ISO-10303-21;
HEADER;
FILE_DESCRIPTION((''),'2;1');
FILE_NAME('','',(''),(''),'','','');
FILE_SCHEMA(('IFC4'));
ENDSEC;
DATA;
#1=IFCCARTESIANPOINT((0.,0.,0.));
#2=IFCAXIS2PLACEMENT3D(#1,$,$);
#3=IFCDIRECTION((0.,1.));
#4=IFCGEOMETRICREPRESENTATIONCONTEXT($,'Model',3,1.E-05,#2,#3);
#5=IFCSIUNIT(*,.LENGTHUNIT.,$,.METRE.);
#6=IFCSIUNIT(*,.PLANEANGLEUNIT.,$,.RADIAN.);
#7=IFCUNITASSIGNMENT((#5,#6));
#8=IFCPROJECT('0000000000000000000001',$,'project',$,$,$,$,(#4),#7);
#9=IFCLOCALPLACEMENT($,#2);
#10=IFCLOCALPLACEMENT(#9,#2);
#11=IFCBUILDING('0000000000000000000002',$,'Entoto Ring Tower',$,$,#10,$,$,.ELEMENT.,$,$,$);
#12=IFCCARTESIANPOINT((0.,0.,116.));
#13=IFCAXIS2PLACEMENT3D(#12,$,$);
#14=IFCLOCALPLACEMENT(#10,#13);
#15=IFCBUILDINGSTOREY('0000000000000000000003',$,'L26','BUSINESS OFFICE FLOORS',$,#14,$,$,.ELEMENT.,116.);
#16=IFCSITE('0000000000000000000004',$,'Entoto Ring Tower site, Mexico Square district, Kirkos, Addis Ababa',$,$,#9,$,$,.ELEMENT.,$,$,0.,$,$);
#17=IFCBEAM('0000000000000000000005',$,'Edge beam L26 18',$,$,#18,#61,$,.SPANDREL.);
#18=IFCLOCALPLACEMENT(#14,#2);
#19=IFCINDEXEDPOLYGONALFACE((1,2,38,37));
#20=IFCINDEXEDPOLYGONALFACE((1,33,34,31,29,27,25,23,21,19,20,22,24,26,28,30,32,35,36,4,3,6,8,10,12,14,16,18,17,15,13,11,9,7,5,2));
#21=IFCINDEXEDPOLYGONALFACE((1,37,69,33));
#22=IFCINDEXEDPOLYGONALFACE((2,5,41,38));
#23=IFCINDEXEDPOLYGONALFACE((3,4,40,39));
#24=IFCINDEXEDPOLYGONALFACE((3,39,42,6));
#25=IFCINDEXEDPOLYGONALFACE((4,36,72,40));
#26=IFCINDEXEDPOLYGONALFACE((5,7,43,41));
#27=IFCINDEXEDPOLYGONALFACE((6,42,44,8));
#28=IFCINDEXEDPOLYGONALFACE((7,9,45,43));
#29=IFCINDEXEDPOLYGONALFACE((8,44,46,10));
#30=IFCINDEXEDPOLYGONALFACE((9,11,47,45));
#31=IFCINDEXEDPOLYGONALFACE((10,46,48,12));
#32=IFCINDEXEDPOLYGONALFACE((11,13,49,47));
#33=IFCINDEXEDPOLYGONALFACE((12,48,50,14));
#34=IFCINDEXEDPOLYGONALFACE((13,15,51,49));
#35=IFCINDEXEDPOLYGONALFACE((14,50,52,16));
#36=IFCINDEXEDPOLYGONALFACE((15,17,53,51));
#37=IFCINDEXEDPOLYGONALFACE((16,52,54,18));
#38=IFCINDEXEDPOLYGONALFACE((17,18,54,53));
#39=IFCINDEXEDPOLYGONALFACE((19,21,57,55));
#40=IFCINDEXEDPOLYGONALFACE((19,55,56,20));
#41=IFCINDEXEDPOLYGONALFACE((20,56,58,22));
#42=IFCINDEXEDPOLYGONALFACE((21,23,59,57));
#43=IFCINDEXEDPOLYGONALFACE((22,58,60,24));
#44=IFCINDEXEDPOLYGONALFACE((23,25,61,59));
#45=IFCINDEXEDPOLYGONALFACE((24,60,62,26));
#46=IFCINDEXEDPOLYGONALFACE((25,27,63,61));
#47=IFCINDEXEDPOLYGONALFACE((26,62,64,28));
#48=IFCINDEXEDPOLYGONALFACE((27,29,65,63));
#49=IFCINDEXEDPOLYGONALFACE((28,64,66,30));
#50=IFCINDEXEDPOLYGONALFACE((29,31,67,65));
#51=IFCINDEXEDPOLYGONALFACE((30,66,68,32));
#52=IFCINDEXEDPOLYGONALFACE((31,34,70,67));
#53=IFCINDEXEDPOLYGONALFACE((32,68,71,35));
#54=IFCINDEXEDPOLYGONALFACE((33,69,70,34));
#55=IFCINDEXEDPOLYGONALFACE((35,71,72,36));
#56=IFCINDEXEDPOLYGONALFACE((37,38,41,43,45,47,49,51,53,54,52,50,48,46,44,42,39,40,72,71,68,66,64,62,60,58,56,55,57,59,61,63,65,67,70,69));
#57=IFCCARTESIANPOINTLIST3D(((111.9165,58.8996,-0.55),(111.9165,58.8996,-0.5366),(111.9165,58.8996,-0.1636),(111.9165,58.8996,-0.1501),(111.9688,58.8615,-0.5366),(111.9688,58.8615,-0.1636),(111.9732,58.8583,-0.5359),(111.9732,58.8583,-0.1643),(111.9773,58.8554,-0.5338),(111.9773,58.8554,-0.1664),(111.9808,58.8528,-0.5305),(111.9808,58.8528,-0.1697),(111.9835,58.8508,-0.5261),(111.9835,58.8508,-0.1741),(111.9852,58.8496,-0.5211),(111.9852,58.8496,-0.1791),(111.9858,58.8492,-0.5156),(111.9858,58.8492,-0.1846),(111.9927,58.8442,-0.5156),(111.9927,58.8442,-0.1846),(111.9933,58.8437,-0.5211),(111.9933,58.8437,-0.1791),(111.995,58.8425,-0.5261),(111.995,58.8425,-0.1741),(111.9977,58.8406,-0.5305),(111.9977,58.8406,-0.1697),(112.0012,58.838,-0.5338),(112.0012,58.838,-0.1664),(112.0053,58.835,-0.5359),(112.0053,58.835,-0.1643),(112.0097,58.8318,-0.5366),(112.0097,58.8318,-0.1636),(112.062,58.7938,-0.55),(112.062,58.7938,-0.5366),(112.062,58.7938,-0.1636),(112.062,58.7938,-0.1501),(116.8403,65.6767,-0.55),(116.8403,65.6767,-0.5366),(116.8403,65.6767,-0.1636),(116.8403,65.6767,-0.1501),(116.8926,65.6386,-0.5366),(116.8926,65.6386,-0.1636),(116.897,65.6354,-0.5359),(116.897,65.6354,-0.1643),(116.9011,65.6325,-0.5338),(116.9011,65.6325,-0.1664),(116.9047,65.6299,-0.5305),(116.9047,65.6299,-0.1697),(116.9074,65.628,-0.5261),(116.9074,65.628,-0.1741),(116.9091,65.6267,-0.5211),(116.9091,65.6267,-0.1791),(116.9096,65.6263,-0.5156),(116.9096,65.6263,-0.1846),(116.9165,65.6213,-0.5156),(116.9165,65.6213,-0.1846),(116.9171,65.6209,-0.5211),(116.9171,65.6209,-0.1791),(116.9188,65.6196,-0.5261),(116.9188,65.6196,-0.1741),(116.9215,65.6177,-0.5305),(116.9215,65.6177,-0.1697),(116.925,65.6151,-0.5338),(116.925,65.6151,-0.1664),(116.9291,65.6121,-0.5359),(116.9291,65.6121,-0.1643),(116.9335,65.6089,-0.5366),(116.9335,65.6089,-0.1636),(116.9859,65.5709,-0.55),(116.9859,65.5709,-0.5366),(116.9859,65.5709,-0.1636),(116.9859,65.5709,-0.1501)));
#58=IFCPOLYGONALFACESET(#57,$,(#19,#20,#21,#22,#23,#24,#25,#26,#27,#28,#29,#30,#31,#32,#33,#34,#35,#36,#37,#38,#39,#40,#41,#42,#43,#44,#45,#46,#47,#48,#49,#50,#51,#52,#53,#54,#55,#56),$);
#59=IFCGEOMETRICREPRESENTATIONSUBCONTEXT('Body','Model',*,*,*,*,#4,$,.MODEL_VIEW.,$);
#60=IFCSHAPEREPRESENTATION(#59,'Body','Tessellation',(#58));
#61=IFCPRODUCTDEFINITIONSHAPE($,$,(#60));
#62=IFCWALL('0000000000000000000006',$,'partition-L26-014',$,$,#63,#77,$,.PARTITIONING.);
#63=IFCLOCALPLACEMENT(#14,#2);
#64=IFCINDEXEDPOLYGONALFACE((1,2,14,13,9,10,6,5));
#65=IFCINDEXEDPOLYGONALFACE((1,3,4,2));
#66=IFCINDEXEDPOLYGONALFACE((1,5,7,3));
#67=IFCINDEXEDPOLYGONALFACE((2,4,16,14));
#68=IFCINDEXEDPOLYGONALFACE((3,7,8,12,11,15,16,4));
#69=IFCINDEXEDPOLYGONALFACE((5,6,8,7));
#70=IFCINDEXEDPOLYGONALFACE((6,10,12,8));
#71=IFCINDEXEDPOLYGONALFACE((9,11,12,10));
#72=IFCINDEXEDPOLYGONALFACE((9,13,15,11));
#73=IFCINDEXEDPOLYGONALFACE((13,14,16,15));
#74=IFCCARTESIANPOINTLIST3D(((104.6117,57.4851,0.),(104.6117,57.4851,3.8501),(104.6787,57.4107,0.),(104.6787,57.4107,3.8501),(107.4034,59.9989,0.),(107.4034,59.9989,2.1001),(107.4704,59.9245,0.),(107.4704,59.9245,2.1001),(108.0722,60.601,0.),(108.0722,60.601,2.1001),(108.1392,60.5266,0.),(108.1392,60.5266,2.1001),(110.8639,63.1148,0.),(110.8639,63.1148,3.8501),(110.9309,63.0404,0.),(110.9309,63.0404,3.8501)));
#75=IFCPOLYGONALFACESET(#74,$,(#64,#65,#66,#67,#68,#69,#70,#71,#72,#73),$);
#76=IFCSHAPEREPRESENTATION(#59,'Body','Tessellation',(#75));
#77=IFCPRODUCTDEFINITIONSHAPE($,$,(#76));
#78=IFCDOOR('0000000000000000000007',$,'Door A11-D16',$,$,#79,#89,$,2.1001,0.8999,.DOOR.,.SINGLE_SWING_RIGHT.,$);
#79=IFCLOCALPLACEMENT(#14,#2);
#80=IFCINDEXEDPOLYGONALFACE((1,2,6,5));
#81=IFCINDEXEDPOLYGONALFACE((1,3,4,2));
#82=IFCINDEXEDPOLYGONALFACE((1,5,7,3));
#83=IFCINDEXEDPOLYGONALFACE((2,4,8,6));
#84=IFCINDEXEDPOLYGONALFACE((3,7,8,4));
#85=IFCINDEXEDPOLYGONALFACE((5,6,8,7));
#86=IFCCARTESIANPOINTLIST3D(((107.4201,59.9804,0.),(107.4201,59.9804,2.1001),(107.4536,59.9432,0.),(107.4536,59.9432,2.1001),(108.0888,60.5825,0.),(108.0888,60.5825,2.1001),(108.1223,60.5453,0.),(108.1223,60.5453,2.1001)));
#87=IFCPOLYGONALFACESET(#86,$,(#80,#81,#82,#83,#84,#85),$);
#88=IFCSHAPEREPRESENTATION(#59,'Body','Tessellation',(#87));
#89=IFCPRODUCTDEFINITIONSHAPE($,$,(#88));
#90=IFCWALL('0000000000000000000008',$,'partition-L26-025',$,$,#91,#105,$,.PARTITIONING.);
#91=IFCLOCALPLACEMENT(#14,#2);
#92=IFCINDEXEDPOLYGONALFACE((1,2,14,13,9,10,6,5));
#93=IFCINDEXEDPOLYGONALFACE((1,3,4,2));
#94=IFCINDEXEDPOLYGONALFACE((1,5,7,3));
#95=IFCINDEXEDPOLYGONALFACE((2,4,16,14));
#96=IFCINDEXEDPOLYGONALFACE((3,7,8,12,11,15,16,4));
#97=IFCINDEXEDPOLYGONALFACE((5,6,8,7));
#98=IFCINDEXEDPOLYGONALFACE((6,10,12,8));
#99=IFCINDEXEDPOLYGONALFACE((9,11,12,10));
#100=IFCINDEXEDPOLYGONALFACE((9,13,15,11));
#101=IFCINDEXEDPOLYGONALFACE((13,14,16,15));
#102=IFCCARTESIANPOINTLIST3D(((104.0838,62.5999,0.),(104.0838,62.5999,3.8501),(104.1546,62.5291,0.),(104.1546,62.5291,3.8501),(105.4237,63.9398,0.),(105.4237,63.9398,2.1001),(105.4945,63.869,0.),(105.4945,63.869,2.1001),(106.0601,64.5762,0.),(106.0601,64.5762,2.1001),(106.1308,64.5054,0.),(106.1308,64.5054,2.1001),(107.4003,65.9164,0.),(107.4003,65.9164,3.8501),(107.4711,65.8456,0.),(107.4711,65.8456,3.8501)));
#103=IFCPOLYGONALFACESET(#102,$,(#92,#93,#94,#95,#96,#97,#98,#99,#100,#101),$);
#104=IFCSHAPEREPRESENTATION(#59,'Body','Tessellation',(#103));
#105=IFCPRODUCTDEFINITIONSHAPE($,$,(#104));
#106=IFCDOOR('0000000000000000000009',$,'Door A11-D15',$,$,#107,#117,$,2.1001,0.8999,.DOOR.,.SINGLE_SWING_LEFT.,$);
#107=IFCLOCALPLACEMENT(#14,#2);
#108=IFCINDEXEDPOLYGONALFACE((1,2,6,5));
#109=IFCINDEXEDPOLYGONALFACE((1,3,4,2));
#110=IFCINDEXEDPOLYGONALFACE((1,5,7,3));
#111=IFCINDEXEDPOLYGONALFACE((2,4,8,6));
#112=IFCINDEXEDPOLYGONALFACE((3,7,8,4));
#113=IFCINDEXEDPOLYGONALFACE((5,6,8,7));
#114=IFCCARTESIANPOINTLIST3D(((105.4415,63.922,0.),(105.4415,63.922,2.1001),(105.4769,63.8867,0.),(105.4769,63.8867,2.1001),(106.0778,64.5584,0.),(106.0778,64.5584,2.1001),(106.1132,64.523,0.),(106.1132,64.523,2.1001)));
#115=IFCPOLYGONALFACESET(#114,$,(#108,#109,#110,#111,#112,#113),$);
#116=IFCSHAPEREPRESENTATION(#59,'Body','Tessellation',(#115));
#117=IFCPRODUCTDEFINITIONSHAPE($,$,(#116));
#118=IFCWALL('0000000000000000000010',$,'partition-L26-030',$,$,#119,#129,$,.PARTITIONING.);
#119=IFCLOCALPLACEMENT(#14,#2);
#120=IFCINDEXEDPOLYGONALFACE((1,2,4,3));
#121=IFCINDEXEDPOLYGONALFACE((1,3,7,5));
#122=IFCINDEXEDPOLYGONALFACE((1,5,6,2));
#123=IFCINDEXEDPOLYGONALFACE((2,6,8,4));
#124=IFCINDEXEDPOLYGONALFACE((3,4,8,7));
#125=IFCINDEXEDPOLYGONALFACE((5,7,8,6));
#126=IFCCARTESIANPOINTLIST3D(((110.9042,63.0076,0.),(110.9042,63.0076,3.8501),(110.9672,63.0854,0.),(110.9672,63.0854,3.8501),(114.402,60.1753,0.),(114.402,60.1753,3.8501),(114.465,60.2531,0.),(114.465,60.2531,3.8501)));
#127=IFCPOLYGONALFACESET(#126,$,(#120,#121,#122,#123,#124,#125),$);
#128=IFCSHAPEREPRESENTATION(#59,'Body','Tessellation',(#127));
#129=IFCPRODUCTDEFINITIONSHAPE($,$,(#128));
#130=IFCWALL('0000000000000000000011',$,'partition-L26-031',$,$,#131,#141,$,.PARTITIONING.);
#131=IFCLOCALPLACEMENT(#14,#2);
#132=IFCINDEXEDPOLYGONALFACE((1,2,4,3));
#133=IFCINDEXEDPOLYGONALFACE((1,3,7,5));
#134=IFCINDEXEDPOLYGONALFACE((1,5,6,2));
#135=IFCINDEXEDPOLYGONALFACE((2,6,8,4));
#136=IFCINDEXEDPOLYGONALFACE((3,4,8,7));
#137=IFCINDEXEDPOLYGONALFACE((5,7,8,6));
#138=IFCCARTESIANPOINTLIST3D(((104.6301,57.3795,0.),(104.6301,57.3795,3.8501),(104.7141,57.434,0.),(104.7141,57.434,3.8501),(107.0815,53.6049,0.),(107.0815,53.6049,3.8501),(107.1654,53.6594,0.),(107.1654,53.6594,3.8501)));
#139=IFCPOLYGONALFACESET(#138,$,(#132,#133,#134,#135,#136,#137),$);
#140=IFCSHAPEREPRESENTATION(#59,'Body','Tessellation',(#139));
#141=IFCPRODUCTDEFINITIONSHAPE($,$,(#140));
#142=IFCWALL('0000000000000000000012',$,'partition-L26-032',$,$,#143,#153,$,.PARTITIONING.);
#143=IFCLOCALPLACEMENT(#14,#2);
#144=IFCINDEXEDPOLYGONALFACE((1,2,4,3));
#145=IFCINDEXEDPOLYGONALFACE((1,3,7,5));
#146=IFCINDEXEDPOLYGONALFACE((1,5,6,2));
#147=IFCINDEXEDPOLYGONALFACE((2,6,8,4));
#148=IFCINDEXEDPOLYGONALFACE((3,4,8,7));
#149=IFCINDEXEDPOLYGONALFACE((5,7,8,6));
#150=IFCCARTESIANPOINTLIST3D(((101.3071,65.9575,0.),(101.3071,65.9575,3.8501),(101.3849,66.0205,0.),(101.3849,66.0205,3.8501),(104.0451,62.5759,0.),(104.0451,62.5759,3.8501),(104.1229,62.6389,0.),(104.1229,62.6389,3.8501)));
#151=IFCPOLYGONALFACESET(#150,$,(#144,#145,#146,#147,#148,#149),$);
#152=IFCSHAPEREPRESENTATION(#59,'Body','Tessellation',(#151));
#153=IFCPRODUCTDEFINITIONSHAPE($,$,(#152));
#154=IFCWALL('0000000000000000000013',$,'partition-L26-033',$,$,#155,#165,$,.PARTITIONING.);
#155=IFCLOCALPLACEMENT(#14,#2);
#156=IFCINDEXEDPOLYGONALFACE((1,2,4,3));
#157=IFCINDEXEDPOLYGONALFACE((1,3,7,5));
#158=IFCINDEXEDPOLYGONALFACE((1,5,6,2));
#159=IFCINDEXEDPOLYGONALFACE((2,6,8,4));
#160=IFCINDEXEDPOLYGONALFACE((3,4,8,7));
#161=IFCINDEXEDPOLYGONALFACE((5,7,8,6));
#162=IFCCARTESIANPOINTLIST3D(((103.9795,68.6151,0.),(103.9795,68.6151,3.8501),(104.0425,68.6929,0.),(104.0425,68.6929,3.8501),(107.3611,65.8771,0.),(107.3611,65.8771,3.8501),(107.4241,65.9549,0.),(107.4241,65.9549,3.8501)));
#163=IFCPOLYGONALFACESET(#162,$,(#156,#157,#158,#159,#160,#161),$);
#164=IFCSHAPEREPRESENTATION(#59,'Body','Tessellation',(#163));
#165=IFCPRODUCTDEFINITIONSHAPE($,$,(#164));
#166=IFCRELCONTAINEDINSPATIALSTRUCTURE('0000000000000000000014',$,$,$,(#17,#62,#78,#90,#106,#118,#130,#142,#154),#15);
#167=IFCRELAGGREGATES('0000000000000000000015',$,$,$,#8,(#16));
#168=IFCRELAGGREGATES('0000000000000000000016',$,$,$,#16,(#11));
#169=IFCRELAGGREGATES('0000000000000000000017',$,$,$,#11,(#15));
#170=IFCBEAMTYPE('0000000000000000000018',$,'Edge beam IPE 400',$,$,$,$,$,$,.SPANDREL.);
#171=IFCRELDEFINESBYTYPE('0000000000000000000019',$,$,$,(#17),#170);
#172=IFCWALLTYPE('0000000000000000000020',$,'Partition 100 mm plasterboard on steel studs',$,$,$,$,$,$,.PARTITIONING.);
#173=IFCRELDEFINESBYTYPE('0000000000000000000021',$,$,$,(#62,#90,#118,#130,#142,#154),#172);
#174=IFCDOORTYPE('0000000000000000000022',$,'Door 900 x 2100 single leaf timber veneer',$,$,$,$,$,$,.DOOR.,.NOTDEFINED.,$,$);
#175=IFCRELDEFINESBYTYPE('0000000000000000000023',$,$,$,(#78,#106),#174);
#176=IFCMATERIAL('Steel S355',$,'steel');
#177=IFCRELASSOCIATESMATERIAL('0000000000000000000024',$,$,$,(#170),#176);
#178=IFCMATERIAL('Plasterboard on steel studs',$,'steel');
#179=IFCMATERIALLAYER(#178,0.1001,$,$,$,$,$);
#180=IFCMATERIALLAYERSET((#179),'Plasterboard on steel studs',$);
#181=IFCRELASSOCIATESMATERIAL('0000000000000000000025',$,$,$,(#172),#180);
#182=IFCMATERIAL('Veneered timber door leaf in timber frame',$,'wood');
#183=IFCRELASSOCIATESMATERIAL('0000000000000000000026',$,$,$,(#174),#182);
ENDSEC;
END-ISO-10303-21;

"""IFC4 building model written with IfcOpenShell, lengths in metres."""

from ifc_helpers import new_model, si_unit, direction, frame, frame_2d, origin, origin_2d, place, context, subcontext, project, spatial, rectangle, i_section, extrude, material, layer, layer_set, material_profile, profile_set, type_object, element, fill, save


model = new_model("IFC4")

# Units and contexts
model_context = context("Model", 3, precision=1e-05, world=origin(), true_north=direction((0.0, 1.0)))
body_context = subcontext(model_context, "Body", "Model", "MODEL_VIEW")
ifc_project = project(units=[si_unit("LENGTHUNIT", "METRE"), si_unit("PLANEANGLEUNIT", "RADIAN")], contexts=[model_context])

# Site, building, storey
site_placement = place(None, origin())
site = spatial("IfcSite", under=ifc_project, at=site_placement, Name="Entoto Ring Tower site, Mexico Square district, Kirkos, Addis Ababa", CompositionType="ELEMENT", RefElevation=0.0)
building_placement = place(site_placement, origin())
building = spatial("IfcBuilding", under=site, at=building_placement, Name="Entoto Ring Tower", CompositionType="ELEMENT")
storey_placement = place(building_placement, frame((0.0, 0.0, 116.0)))
storey = spatial("IfcBuildingStorey", under=building, at=storey_placement, Name="L26", Description="BUSINESS OFFICE FLOORS", CompositionType="ELEMENT", Elevation=116.0)

# Beam
ifc_material_1 = material(Name="Steel S355", Category="steel")
ifc_material_profile_1 = material_profile(ifc_material_1, i_section(OverallWidth=0.1799, OverallDepth=0.3999, WebThickness=0.0085, FlangeThickness=0.0134, FilletRadius=0.021, at=origin_2d()), Name="IPE 400")
ifc_profile_set_1 = profile_set([ifc_material_profile_1], Name="Steel S355")
beam_type = type_object("IfcBeamType", Name="Edge beam IPE 400", PredefinedType="SPANDREL", material=ifc_profile_set_1)
for number, where, z_axis, x_axis, name in (
    (1, (111.9893, 58.8467, -0.3501), (0.587783, 0.809018, 0.0), (-0.809018, 0.587783, 0.0), "Edge beam L26 18"),
):
    element("IfcBeam", number, at=place(storey_placement, frame(where, z_axis=z_axis, x_axis=x_axis)), inside=storey, type_object=beam_type, Name=name, PredefinedType="SPANDREL", context=body_context, shape_type="SweptSolid", body=[
        extrude(i_section(OverallWidth=0.1799, OverallDepth=0.3999, WebThickness=0.0085, FlangeThickness=0.0134, FilletRadius=0.021, at=origin_2d()), origin(), (0.0, 0.0, 1.0), 8.377),
    ])

# Walls, openings, doors
ifc_material_2 = material(Name="Plasterboard on steel studs", Category="steel")
ifc_layer = layer(ifc_material_2, 0.1001)
ifc_layer_set = layer_set([ifc_layer], Name="Plasterboard on steel studs")
wall_type = type_object("IfcWallType", Name="Partition 100 mm plasterboard on steel studs", PredefinedType="PARTITIONING", material=ifc_layer_set)
wall_1_placement = place(storey_placement, frame((104.6453, 57.448, 0.0), z_axis=(0.0, 0.0, 1.0), x_axis=(0.743137, 0.669139, 0.0)))
wall_1 = element("IfcWall", 2, at=wall_1_placement, inside=storey, type_object=wall_type, Name="partition-L26-014", PredefinedType="PARTITIONING", context=body_context, shape_type="SweptSolid", body=[
    extrude(rectangle(XDim=8.4133, YDim=0.1001, at=frame_2d((4.2065, 0.0))), origin(), (0.0, 0.0, 1.0), 3.8501),
])
opening_1_placement = place(wall_1_placement, frame((3.7566, 0.0, 0.0)))
opening_1 = element("IfcOpeningElement", 3, at=opening_1_placement, cuts=wall_1, PredefinedType="OPENING", context=body_context, shape_type="SweptSolid", body=[
    extrude(rectangle(XDim=0.8999, YDim=2.1001, at=frame_2d((0.45, 1.05))), frame((0.0, 0.0601, 0.0), z_axis=(0.0, -1.0, 0.0), x_axis=(1.0, 0.0, 0.0)), (0.0, 0.0, 1.0), 0.1201),
])
ifc_material_3 = material(Name="Veneered timber door leaf in timber frame", Category="wood")
door_type = type_object("IfcDoorType", Name="Door 900 x 2100 single leaf timber veneer", OperationType="NOTDEFINED", PredefinedType="DOOR", material=ifc_material_3)
door_1_placement = place(opening_1_placement, frame((0.8999, 0.0, 0.0), z_axis=(0.0, 0.0, 1.0), x_axis=(-1.0, 0.0, 0.0)))
door_1 = element("IfcDoor", 4, at=door_1_placement, inside=storey, type_object=door_type, Name="Door A11-D16", OperationType="SINGLE_SWING_RIGHT", OverallHeight=2.1001, OverallWidth=0.8999, PredefinedType="DOOR", context=body_context, shape_type="SweptSolid", body=[
    extrude(rectangle(XDim=0.8999, YDim=2.1001, at=frame_2d((0.45, 1.05))), frame((0.0, 0.0249, 0.0), z_axis=(0.0, -1.0, 0.0), x_axis=(1.0, 0.0, 0.0)), (0.0, 0.0, 1.0), 0.05),
])
fill(opening_1, door_1)
wall_2_placement = place(storey_placement, frame((104.1191, 62.5645, 0.0), z_axis=(0.0, 0.0, 1.0), x_axis=(0.707107, 0.707107, 0.0)))
wall_2 = element("IfcWall", 5, at=wall_2_placement, inside=storey, type_object=wall_type, Name="partition-L26-025", PredefinedType="PARTITIONING", context=body_context, shape_type="SweptSolid", body=[
    extrude(rectangle(XDim=4.6902, YDim=0.1001, at=frame_2d((2.3452, 0.0))), origin(), (0.0, 0.0, 1.0), 3.8501),
])
opening_2_placement = place(wall_2_placement, frame((1.895, 0.0, 0.0)))
opening_2 = element("IfcOpeningElement", 6, at=opening_2_placement, cuts=wall_2, PredefinedType="OPENING", context=body_context, shape_type="SweptSolid", body=[
    extrude(rectangle(XDim=0.8999, YDim=2.1001, at=frame_2d((0.45, 1.05))), frame((0.0, 0.0601, 0.0), z_axis=(0.0, -1.0, 0.0), x_axis=(1.0, 0.0, 0.0)), (0.0, 0.0, 1.0), 0.1201),
])
door_2_placement = place(opening_2_placement, origin())
door_2 = element("IfcDoor", 7, at=door_2_placement, inside=storey, type_object=door_type, Name="Door A11-D15", OperationType="SINGLE_SWING_LEFT", OverallHeight=2.1001, OverallWidth=0.8999, PredefinedType="DOOR", context=body_context, shape_type="SweptSolid", body=[
    extrude(rectangle(XDim=0.8999, YDim=2.1001, at=frame_2d((0.45, 1.05))), frame((0.0, 0.0249, 0.0), z_axis=(0.0, -1.0, 0.0), x_axis=(1.0, 0.0, 0.0)), (0.0, 0.0, 1.0), 0.05),
])
fill(opening_2, door_2)

# Walls
for number, where, z_axis, x_axis, name in (
    (8, (114.4336, 60.2141, 0.0), (0.0, 0.0, 1.0), (-0.777167, 0.629295, 0.0), "partition-L26-030"),
    (9, (107.1235, 53.6321, 0.0), (0.0, 0.0, 1.0), (-0.544658, 0.838658, 0.0), "partition-L26-031"),
):
    element("IfcWall", number, at=place(storey_placement, frame(where, z_axis=z_axis, x_axis=x_axis)), inside=storey, type_object=wall_type, Name=name, PredefinedType="PARTITIONING", context=body_context, shape_type="SweptSolid", body=[
        extrude(rectangle(XDim=4.5007, YDim=0.1001, at=frame_2d((2.2505, 0.0))), origin(), (0.0, 0.0, 1.0), 3.8501),
    ])
for number, where, z_axis, x_axis, name in (
    (10, (104.084, 62.6074, 0.0), (0.0, 0.0, 1.0), (-0.629276, 0.777182, 0.0), "partition-L26-032"),
    (11, (107.3926, 65.916, 0.0), (0.0, 0.0, 1.0), (-0.777182, 0.629276, 0.0), "partition-L26-033"),
):
    element("IfcWall", number, at=place(storey_placement, frame(where, z_axis=z_axis, x_axis=x_axis)), inside=storey, type_object=wall_type, Name=name, PredefinedType="PARTITIONING", context=body_context, shape_type="SweptSolid", body=[
        extrude(rectangle(XDim=4.3511, YDim=0.1001, at=frame_2d((2.1755, 0.0))), origin(), (0.0, 0.0, 1.0), 3.8501),
    ])

save(model, "model.ifc")
